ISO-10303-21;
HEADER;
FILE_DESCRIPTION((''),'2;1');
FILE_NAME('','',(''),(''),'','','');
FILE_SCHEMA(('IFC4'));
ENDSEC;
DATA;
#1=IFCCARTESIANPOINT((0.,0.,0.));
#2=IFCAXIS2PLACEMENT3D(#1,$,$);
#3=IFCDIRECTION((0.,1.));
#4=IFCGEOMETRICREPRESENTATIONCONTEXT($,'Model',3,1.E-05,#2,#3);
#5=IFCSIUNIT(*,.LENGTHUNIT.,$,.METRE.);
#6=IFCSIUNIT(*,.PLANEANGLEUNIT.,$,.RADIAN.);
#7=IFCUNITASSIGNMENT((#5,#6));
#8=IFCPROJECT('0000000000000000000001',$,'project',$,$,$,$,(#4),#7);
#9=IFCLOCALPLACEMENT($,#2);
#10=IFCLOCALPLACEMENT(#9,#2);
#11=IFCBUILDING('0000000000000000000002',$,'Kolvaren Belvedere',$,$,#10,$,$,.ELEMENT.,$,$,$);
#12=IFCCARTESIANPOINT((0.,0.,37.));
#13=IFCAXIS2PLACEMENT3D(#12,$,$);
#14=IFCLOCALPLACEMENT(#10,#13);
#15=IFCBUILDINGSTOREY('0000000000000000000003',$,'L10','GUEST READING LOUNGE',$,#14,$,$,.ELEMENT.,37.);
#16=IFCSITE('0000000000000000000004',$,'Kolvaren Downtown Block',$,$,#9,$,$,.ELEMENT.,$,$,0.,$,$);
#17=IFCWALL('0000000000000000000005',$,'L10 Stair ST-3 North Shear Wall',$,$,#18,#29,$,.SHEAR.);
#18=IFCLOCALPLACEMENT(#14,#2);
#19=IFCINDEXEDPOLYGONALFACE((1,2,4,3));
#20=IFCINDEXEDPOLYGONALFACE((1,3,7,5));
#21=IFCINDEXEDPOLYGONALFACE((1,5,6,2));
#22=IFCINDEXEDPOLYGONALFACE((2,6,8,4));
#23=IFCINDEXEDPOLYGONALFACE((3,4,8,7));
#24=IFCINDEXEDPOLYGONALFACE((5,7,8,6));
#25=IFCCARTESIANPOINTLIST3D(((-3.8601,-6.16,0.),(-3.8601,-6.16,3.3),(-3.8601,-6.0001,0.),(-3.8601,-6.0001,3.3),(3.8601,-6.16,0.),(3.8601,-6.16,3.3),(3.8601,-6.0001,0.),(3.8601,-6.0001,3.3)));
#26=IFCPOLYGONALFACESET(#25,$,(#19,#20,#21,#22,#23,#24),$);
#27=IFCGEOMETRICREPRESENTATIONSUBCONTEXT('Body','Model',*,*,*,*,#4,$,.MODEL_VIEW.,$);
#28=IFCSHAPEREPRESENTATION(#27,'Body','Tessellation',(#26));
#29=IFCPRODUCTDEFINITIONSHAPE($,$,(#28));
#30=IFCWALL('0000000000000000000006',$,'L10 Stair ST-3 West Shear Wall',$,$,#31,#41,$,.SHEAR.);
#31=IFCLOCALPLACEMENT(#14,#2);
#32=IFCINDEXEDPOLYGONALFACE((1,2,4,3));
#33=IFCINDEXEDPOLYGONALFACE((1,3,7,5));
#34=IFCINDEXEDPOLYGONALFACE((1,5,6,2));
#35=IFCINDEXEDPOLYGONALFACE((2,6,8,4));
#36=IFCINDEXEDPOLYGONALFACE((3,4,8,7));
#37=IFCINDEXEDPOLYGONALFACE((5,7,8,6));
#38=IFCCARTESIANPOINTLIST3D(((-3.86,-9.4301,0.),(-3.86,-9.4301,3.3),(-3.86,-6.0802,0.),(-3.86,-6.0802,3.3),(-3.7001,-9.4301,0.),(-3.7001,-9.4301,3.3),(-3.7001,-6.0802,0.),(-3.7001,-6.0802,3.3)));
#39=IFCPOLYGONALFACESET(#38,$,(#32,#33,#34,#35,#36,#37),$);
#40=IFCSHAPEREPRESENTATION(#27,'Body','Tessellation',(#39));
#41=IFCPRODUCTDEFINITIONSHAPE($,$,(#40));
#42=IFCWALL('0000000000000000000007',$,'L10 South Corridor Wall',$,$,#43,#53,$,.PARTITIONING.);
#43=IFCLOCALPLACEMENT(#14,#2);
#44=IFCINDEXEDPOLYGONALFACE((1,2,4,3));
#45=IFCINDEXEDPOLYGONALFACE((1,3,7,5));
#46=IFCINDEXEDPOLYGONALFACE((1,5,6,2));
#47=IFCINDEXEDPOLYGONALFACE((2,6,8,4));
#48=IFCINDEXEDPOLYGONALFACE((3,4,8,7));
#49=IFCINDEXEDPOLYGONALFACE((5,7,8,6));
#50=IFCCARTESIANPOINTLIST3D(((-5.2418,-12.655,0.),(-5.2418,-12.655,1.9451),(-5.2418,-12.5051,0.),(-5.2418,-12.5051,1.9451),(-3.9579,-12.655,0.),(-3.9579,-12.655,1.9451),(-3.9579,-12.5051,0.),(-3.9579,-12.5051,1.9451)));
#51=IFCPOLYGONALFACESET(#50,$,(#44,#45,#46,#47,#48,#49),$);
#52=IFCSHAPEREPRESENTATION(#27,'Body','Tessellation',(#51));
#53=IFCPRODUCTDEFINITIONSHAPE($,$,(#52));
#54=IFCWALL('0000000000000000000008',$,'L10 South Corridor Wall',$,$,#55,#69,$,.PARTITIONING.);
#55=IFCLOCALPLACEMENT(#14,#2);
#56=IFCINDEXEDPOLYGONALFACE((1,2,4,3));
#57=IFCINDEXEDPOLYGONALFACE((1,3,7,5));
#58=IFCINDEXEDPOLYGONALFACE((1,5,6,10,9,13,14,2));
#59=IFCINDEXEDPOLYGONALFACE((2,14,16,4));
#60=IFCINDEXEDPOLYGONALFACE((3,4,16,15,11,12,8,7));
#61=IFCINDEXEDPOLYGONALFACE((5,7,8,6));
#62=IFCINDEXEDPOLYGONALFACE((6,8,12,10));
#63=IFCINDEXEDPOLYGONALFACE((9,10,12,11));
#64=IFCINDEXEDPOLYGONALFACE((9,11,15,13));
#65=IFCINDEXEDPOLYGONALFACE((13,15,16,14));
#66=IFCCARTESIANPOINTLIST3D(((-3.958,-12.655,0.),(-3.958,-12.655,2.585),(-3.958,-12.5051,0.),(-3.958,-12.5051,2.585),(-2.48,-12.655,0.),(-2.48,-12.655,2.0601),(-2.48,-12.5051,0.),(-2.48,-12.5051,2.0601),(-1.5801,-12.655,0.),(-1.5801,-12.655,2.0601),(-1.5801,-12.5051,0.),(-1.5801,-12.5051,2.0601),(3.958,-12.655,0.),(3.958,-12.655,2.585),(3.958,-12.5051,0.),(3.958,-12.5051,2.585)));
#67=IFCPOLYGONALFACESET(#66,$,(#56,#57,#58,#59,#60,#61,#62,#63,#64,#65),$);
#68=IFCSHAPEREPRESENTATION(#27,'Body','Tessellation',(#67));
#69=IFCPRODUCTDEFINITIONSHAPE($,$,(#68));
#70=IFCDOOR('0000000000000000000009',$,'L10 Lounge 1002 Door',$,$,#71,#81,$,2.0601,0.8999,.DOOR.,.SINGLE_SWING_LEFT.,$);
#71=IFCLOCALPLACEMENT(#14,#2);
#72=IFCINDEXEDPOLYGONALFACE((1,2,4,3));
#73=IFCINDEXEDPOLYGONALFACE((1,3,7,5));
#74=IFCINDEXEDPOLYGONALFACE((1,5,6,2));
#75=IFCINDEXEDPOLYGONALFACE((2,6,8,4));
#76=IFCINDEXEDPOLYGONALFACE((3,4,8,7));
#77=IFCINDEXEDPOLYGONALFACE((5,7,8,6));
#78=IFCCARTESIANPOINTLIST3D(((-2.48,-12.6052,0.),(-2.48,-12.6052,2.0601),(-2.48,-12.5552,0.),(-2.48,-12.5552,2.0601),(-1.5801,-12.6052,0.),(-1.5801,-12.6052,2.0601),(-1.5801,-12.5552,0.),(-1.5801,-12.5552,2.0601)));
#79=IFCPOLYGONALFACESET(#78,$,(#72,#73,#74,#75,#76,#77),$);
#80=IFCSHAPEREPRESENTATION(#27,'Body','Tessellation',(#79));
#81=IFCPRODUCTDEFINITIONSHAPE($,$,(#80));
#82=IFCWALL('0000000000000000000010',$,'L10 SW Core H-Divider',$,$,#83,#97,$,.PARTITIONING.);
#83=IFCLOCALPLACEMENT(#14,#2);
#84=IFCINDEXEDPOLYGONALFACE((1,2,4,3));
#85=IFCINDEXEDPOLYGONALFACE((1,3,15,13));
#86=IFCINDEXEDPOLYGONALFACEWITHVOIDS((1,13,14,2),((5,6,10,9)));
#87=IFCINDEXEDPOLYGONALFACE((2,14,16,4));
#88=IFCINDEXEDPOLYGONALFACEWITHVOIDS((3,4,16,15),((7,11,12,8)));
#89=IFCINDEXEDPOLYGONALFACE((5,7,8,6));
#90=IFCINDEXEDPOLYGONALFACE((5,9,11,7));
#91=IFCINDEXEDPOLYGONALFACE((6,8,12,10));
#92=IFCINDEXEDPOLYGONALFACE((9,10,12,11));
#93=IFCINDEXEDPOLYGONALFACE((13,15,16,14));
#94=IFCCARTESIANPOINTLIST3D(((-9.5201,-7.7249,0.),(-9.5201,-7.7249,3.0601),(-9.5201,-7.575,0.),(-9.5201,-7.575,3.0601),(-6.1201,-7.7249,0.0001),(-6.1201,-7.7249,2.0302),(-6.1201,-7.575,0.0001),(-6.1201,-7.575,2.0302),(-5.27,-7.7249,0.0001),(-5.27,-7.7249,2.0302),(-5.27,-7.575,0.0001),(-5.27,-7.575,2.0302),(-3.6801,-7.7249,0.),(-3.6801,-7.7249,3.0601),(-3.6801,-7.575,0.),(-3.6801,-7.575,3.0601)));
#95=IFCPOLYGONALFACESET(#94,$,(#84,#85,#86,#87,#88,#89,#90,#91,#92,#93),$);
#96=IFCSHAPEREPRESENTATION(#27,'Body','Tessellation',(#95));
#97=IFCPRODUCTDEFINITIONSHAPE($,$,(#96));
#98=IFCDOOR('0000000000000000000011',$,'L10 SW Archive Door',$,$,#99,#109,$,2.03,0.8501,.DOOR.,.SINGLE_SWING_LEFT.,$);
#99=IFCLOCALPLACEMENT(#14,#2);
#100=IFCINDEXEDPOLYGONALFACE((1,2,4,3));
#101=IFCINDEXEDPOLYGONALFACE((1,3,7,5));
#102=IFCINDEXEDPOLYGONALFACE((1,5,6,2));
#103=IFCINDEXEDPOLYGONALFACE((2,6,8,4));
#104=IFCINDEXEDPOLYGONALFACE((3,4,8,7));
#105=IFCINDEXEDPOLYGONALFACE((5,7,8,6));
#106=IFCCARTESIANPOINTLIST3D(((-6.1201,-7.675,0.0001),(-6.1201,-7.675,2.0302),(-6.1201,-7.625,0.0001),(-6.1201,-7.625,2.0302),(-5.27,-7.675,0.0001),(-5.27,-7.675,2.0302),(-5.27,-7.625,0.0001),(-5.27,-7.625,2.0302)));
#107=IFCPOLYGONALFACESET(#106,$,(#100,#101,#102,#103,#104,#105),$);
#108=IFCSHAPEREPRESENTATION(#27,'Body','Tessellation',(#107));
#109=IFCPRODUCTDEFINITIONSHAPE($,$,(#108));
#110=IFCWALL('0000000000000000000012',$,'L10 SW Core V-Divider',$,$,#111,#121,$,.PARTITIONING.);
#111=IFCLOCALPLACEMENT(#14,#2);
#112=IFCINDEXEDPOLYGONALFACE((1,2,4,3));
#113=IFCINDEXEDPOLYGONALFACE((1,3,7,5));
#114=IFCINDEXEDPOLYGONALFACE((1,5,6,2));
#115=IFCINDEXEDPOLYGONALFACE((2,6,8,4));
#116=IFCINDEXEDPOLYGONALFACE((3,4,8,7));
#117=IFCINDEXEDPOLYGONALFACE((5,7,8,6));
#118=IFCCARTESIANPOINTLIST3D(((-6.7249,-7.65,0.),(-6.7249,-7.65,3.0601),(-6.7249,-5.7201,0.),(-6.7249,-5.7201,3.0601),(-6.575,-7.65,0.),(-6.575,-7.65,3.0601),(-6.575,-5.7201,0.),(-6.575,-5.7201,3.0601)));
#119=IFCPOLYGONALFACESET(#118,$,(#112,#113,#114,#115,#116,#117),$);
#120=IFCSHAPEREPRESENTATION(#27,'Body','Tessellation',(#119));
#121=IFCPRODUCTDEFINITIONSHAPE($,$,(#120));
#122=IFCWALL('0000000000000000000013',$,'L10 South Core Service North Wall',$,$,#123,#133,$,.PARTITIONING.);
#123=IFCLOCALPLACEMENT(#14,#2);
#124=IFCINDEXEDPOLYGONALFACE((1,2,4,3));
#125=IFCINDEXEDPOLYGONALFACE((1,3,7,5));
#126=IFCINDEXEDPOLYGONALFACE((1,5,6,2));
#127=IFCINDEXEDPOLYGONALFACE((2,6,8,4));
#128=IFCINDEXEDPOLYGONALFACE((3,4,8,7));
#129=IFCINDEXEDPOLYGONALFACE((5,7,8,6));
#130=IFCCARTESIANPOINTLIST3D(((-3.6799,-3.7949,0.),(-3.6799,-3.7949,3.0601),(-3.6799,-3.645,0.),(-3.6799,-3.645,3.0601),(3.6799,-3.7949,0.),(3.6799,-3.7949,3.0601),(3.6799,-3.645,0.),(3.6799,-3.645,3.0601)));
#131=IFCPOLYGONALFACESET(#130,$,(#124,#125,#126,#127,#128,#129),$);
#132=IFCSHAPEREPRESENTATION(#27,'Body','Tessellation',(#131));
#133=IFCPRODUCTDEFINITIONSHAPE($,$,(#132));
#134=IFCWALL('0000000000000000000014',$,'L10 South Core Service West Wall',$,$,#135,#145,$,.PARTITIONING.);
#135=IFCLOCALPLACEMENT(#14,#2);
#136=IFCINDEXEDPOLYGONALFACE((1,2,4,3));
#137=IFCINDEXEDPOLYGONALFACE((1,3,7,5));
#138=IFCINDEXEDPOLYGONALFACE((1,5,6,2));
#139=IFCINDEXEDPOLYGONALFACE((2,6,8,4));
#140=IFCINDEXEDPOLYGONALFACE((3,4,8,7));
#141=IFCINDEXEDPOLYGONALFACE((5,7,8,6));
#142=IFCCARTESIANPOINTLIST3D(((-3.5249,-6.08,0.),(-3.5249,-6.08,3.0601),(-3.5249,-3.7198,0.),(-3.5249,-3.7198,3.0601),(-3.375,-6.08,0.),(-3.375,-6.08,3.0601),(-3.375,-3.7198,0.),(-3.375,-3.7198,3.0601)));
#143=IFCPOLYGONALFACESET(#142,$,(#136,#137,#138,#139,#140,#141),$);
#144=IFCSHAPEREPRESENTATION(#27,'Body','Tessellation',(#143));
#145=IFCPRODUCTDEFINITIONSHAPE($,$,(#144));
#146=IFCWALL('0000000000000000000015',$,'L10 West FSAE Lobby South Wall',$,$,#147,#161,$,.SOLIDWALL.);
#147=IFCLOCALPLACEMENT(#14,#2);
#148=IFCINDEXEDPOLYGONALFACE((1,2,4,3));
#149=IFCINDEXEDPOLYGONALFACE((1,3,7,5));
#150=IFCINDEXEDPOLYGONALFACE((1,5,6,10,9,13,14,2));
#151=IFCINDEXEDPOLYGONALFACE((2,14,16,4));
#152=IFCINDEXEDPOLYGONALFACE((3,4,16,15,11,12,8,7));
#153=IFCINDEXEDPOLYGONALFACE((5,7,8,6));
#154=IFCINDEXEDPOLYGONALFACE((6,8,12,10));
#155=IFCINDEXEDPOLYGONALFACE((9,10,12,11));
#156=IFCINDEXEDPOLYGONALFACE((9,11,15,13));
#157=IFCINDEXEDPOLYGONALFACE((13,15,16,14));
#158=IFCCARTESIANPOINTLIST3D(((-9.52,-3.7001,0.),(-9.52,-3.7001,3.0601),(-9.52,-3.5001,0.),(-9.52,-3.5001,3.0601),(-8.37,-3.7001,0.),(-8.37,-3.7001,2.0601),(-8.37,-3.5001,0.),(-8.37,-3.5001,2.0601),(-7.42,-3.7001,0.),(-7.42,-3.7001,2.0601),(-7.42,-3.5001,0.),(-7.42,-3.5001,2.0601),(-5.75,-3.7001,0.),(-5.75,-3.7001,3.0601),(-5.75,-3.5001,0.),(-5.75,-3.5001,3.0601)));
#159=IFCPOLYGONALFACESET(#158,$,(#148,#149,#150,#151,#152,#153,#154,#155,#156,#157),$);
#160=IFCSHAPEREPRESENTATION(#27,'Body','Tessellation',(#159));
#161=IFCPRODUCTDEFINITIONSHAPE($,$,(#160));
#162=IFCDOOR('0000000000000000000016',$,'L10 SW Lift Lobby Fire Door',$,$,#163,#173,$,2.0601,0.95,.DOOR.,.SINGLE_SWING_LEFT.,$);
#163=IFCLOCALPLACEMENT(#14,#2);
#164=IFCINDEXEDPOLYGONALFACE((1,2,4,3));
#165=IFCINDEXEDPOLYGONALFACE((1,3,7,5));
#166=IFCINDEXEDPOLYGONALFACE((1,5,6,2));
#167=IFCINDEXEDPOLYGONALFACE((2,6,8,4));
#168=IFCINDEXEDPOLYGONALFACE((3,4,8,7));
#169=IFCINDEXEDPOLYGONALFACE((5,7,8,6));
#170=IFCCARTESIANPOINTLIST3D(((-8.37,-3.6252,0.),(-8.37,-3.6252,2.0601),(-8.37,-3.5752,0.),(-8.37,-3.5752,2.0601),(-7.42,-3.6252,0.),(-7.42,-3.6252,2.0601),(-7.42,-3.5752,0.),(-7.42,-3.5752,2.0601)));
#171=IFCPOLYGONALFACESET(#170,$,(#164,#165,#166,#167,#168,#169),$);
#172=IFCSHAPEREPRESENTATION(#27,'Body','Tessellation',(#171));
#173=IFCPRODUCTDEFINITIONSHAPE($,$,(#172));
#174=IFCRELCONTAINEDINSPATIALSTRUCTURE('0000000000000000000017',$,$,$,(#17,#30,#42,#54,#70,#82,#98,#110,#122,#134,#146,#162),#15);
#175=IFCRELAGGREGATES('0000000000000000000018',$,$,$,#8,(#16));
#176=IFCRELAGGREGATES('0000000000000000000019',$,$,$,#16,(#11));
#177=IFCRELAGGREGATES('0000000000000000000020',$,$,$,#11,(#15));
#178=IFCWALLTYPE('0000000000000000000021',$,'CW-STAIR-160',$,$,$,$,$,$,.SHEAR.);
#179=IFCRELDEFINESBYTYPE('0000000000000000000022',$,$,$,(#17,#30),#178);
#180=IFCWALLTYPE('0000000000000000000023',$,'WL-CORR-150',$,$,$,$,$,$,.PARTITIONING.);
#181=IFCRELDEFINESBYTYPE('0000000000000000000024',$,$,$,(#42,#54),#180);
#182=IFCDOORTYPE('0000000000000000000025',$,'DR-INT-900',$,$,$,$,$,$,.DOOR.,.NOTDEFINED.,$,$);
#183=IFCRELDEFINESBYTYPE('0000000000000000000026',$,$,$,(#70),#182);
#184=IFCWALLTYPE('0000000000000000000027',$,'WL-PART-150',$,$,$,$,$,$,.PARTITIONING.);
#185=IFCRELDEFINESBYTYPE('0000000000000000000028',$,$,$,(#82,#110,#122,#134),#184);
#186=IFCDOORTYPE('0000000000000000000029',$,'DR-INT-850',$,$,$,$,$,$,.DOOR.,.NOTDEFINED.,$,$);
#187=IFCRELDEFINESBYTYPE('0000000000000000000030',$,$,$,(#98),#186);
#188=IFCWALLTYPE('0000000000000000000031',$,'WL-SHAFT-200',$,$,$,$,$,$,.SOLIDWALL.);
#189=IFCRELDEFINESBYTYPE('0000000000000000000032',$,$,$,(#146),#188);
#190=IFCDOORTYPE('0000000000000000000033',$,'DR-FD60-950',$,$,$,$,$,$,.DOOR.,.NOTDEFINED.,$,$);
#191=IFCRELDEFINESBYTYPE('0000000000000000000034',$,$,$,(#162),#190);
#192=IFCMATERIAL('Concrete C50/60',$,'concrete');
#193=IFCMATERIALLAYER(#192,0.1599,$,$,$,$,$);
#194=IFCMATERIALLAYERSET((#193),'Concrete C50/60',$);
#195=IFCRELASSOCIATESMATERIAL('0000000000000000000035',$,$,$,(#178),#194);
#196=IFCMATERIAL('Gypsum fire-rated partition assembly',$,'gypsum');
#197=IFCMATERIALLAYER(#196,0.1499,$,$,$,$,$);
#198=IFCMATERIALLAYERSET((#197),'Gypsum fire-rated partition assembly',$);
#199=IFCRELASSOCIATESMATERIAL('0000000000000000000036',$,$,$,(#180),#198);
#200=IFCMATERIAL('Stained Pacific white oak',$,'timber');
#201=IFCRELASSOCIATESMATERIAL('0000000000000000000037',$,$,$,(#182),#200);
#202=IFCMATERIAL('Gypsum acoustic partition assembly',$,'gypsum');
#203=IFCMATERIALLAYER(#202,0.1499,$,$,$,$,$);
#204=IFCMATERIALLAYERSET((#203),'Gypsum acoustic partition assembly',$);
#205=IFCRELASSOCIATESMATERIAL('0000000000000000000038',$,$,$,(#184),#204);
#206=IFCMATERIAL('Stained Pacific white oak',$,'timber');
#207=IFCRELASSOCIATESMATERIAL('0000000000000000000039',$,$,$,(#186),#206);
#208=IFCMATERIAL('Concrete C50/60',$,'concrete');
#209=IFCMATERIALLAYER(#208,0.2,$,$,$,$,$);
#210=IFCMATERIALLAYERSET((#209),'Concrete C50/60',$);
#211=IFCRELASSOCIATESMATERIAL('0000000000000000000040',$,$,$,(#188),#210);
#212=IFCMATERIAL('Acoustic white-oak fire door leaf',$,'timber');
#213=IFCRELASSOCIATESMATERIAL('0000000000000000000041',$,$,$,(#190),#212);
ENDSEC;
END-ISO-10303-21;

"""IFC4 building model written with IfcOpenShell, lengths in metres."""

from ifc_helpers import new_model, si_unit, direction, frame, frame_2d, origin, place, context, subcontext, project, spatial, rectangle, extrude, material, layer, layer_set, type_object, element, fill, save


model = new_model("IFC4")

# Units and contexts
model_context = context("Model", 3, precision=1e-05, world=origin(), true_north=direction((0.0, 1.0)))
body_context = subcontext(model_context, "Body", "Model", "MODEL_VIEW")
ifc_project = project(units=[si_unit("LENGTHUNIT", "METRE"), si_unit("PLANEANGLEUNIT", "RADIAN")], contexts=[model_context])

# Site, building, storey
site_placement = place(None, origin())
site = spatial("IfcSite", under=ifc_project, at=site_placement, Name="Kolvaren Downtown Block", CompositionType="ELEMENT", RefElevation=0.0)
building_placement = place(site_placement, origin())
building = spatial("IfcBuilding", under=site, at=building_placement, Name="Kolvaren Belvedere", CompositionType="ELEMENT")
storey_placement = place(building_placement, frame((0.0, 0.0, 37.0)))
storey = spatial("IfcBuildingStorey", under=building, at=storey_placement, Name="L10", Description="GUEST READING LOUNGE", CompositionType="ELEMENT", Elevation=37.0)

# Walls
ifc_material_1 = material(Name="Concrete C50/60", Category="concrete")
ifc_layer_1 = layer(ifc_material_1, 0.1599)
ifc_layer_set_1 = layer_set([ifc_layer_1], Name="Concrete C50/60")
wall_type_1 = type_object("IfcWallType", Name="CW-STAIR-160", PredefinedType="SHEAR", material=ifc_layer_set_1)
wall_1_placement = place(storey_placement, frame((-3.8601, -6.0801, 0.0), z_axis=(0.0, 0.0, 1.0), x_axis=(1.0, 0.0, 0.0)))
element("IfcWall", 1, at=wall_1_placement, inside=storey, type_object=wall_type_1, Name="L10 Stair ST-3 North Shear Wall", PredefinedType="SHEAR", context=body_context, shape_type="SweptSolid", body=[
    extrude(rectangle(XDim=7.7202, YDim=0.1599, at=frame_2d((3.8601, 0.0))), origin(), (0.0, 0.0, 1.0), 3.3),
])
wall_2_placement = place(storey_placement, frame((-3.78, -9.4299, 0.0), z_axis=(0.0, 0.0, 1.0), x_axis=(0.0, 1.0, 0.0)))
element("IfcWall", 2, at=wall_2_placement, inside=storey, type_object=wall_type_1, Name="L10 Stair ST-3 West Shear Wall", PredefinedType="SHEAR", context=body_context, shape_type="SweptSolid", body=[
    extrude(rectangle(XDim=3.3499, YDim=0.1599, at=frame_2d((1.6748, 0.0))), origin(), (0.0, 0.0, 1.0), 3.3),
])
ifc_material_2 = material(Name="Gypsum fire-rated partition assembly", Category="gypsum")
ifc_layer_2 = layer(ifc_material_2, 0.1499)
ifc_layer_set_2 = layer_set([ifc_layer_2], Name="Gypsum fire-rated partition assembly")
wall_type_2 = type_object("IfcWallType", Name="WL-CORR-150", PredefinedType="PARTITIONING", material=ifc_layer_set_2)
wall_3_placement = place(storey_placement, frame((-5.2419, -12.5801, 0.0), z_axis=(0.0, 0.0, 1.0), x_axis=(1.0, 0.0, 0.0)))
element("IfcWall", 3, at=wall_3_placement, inside=storey, type_object=wall_type_2, Name="L10 South Corridor Wall", PredefinedType="PARTITIONING", context=body_context, shape_type="SweptSolid", body=[
    extrude(rectangle(XDim=1.2839, YDim=0.1499, at=frame_2d((0.6421, 0.0))), origin(), (0.0, 0.0, 1.0), 1.9451),
])

# Walls, openings, doors
wall_4_placement = place(storey_placement, frame((-3.958, -12.5801, 0.0), z_axis=(0.0, 0.0, 1.0), x_axis=(1.0, 0.0, 0.0)))
wall_4 = element("IfcWall", 4, at=wall_4_placement, inside=storey, type_object=wall_type_2, Name="L10 South Corridor Wall", PredefinedType="PARTITIONING", context=body_context, shape_type="SweptSolid", body=[
    extrude(rectangle(XDim=7.916, YDim=0.1499, at=frame_2d((3.958, 0.0))), origin(), (0.0, 0.0, 1.0), 2.585),
])
opening_1_placement = place(wall_4_placement, frame((1.478, 0.0, 0.0)))
opening_1 = element("IfcOpeningElement", 5, at=opening_1_placement, cuts=wall_4, PredefinedType="OPENING", context=body_context, shape_type="SweptSolid", body=[
    extrude(rectangle(XDim=0.8999, YDim=2.0601, at=frame_2d((0.45, 1.03))), frame((0.0, 0.085, 0.0), z_axis=(0.0, -1.0, 0.0), x_axis=(1.0, 0.0, 0.0)), (0.0, 0.0, 1.0), 0.1699),
])
ifc_material_3 = material(Name="Stained Pacific white oak", Category="timber")
door_type_1 = type_object("IfcDoorType", Name="DR-INT-900", OperationType="NOTDEFINED", PredefinedType="DOOR", material=ifc_material_3)
door_1_placement = place(opening_1_placement, origin())
door_1 = element("IfcDoor", 6, at=door_1_placement, inside=storey, type_object=door_type_1, Name="L10 Lounge 1002 Door", OperationType="SINGLE_SWING_LEFT", OverallHeight=2.0601, OverallWidth=0.8999, PredefinedType="DOOR", context=body_context, shape_type="SweptSolid", body=[
    extrude(rectangle(XDim=0.8999, YDim=2.0601, at=frame_2d((0.45, 1.03))), frame((0.0, 0.0249, 0.0), z_axis=(0.0, -1.0, 0.0), x_axis=(1.0, 0.0, 0.0)), (0.0, 0.0, 1.0), 0.05),
])
fill(opening_1, door_1)
ifc_material_4 = material(Name="Gypsum acoustic partition assembly", Category="gypsum")
ifc_layer_3 = layer(ifc_material_4, 0.1499)
ifc_layer_set_3 = layer_set([ifc_layer_3], Name="Gypsum acoustic partition assembly")
wall_type_3 = type_object("IfcWallType", Name="WL-PART-150", PredefinedType="PARTITIONING", material=ifc_layer_set_3)
wall_5_placement = place(storey_placement, frame((-9.52, -7.6499, 0.0), z_axis=(0.0, 0.0, 1.0), x_axis=(1.0, 0.0, 0.0)))
wall_5 = element("IfcWall", 7, at=wall_5_placement, inside=storey, type_object=wall_type_3, Name="L10 SW Core H-Divider", PredefinedType="PARTITIONING", context=body_context, shape_type="SweptSolid", body=[
    extrude(rectangle(XDim=5.8401, YDim=0.1499, at=frame_2d((2.9199, 0.0))), origin(), (0.0, 0.0, 1.0), 3.0601),
])
opening_2_placement = place(wall_5_placement, frame((3.3999, 0.0, 0.0)))
opening_2 = element("IfcOpeningElement", 8, at=opening_2_placement, cuts=wall_5, PredefinedType="OPENING", context=body_context, shape_type="SweptSolid", body=[
    extrude(rectangle(XDim=0.8501, YDim=2.03, at=frame_2d((0.425, 1.0151))), frame((0.0, 0.085, 0.0), z_axis=(0.0, -1.0, 0.0), x_axis=(1.0, 0.0, 0.0)), (0.0, 0.0, 1.0), 0.1699),
])
ifc_material_5 = material(Name="Stained Pacific white oak", Category="timber")
door_type_2 = type_object("IfcDoorType", Name="DR-INT-850", OperationType="NOTDEFINED", PredefinedType="DOOR", material=ifc_material_5)
door_2_placement = place(opening_2_placement, origin())
door_2 = element("IfcDoor", 9, at=door_2_placement, inside=storey, type_object=door_type_2, Name="L10 SW Archive Door", OperationType="SINGLE_SWING_LEFT", OverallHeight=2.03, OverallWidth=0.8501, PredefinedType="DOOR", context=body_context, shape_type="SweptSolid", body=[
    extrude(rectangle(XDim=0.8501, YDim=2.03, at=frame_2d((0.425, 1.0151))), frame((0.0, 0.0249, 0.0), z_axis=(0.0, -1.0, 0.0), x_axis=(1.0, 0.0, 0.0)), (0.0, 0.0, 1.0), 0.05),
])
fill(opening_2, door_2)

# Walls
wall_6_placement = place(storey_placement, frame((-6.6499, -7.6499, 0.0), z_axis=(0.0, 0.0, 1.0), x_axis=(0.0, 1.0, 0.0)))
element("IfcWall", 10, at=wall_6_placement, inside=storey, type_object=wall_type_3, Name="L10 SW Core V-Divider", PredefinedType="PARTITIONING", context=body_context, shape_type="SweptSolid", body=[
    extrude(rectangle(XDim=1.9299, YDim=0.1499, at=frame_2d((0.9648, 0.0))), origin(), (0.0, 0.0, 1.0), 3.0601),
])
wall_7_placement = place(storey_placement, frame((-3.6799, -3.72, 0.0), z_axis=(0.0, 0.0, 1.0), x_axis=(1.0, 0.0, 0.0)))
element("IfcWall", 11, at=wall_7_placement, inside=storey, type_object=wall_type_3, Name="L10 South Core Service North Wall", PredefinedType="PARTITIONING", context=body_context, shape_type="SweptSolid", body=[
    extrude(rectangle(XDim=7.3599, YDim=0.1499, at=frame_2d((3.6799, 0.0))), origin(), (0.0, 0.0, 1.0), 3.0601),
])
wall_8_placement = place(storey_placement, frame((-3.45, -6.0801, 0.0), z_axis=(0.0, 0.0, 1.0), x_axis=(0.0, 1.0, 0.0)))
element("IfcWall", 12, at=wall_8_placement, inside=storey, type_object=wall_type_3, Name="L10 South Core Service West Wall", PredefinedType="PARTITIONING", context=body_context, shape_type="SweptSolid", body=[
    extrude(rectangle(XDim=2.3601, YDim=0.1499, at=frame_2d((1.1802, 0.0))), origin(), (0.0, 0.0, 1.0), 3.0601),
])

# Wall, opening, door
ifc_material_6 = material(Name="Concrete C50/60", Category="concrete")
ifc_layer_4 = layer(ifc_material_6, 0.2)
ifc_layer_set_4 = layer_set([ifc_layer_4], Name="Concrete C50/60")
wall_type_4 = type_object("IfcWallType", Name="WL-SHAFT-200", PredefinedType="SOLIDWALL", material=ifc_layer_set_4)
wall_9_placement = place(storey_placement, frame((-9.52, -3.6001, 0.0), z_axis=(0.0, 0.0, 1.0), x_axis=(1.0, 0.0, 0.0)))
wall_9 = element("IfcWall", 13, at=wall_9_placement, inside=storey, type_object=wall_type_4, Name="L10 West FSAE Lobby South Wall", PredefinedType="SOLIDWALL", context=body_context, shape_type="SweptSolid", body=[
    extrude(rectangle(XDim=3.77, YDim=0.2, at=frame_2d((1.885, 0.0))), origin(), (0.0, 0.0, 1.0), 3.0601),
])
opening_3_placement = place(wall_9_placement, frame((1.1499, 0.0, 0.0)))
opening_3 = element("IfcOpeningElement", 14, at=opening_3_placement, cuts=wall_9, PredefinedType="OPENING", context=body_context, shape_type="SweptSolid", body=[
    extrude(rectangle(XDim=0.95, YDim=2.0601, at=frame_2d((0.4751, 1.03))), frame((0.0, 0.1099, 0.0), z_axis=(0.0, -1.0, 0.0), x_axis=(1.0, 0.0, 0.0)), (0.0, 0.0, 1.0), 0.22),
])
ifc_material_7 = material(Name="Acoustic white-oak fire door leaf", Category="timber")
door_type_3 = type_object("IfcDoorType", Name="DR-FD60-950", OperationType="NOTDEFINED", PredefinedType="DOOR", material=ifc_material_7)
door_3_placement = place(opening_3_placement, origin())
door_3 = element("IfcDoor", 15, at=door_3_placement, inside=storey, type_object=door_type_3, Name="L10 SW Lift Lobby Fire Door", OperationType="SINGLE_SWING_LEFT", OverallHeight=2.0601, OverallWidth=0.95, PredefinedType="DOOR", context=body_context, shape_type="SweptSolid", body=[
    extrude(rectangle(XDim=0.95, YDim=2.0601, at=frame_2d((0.4751, 1.03))), frame((0.0, 0.0249, 0.0), z_axis=(0.0, -1.0, 0.0), x_axis=(1.0, 0.0, 0.0)), (0.0, 0.0, 1.0), 0.05),
])
fill(opening_3, door_3)

save(model, "model.ifc")
